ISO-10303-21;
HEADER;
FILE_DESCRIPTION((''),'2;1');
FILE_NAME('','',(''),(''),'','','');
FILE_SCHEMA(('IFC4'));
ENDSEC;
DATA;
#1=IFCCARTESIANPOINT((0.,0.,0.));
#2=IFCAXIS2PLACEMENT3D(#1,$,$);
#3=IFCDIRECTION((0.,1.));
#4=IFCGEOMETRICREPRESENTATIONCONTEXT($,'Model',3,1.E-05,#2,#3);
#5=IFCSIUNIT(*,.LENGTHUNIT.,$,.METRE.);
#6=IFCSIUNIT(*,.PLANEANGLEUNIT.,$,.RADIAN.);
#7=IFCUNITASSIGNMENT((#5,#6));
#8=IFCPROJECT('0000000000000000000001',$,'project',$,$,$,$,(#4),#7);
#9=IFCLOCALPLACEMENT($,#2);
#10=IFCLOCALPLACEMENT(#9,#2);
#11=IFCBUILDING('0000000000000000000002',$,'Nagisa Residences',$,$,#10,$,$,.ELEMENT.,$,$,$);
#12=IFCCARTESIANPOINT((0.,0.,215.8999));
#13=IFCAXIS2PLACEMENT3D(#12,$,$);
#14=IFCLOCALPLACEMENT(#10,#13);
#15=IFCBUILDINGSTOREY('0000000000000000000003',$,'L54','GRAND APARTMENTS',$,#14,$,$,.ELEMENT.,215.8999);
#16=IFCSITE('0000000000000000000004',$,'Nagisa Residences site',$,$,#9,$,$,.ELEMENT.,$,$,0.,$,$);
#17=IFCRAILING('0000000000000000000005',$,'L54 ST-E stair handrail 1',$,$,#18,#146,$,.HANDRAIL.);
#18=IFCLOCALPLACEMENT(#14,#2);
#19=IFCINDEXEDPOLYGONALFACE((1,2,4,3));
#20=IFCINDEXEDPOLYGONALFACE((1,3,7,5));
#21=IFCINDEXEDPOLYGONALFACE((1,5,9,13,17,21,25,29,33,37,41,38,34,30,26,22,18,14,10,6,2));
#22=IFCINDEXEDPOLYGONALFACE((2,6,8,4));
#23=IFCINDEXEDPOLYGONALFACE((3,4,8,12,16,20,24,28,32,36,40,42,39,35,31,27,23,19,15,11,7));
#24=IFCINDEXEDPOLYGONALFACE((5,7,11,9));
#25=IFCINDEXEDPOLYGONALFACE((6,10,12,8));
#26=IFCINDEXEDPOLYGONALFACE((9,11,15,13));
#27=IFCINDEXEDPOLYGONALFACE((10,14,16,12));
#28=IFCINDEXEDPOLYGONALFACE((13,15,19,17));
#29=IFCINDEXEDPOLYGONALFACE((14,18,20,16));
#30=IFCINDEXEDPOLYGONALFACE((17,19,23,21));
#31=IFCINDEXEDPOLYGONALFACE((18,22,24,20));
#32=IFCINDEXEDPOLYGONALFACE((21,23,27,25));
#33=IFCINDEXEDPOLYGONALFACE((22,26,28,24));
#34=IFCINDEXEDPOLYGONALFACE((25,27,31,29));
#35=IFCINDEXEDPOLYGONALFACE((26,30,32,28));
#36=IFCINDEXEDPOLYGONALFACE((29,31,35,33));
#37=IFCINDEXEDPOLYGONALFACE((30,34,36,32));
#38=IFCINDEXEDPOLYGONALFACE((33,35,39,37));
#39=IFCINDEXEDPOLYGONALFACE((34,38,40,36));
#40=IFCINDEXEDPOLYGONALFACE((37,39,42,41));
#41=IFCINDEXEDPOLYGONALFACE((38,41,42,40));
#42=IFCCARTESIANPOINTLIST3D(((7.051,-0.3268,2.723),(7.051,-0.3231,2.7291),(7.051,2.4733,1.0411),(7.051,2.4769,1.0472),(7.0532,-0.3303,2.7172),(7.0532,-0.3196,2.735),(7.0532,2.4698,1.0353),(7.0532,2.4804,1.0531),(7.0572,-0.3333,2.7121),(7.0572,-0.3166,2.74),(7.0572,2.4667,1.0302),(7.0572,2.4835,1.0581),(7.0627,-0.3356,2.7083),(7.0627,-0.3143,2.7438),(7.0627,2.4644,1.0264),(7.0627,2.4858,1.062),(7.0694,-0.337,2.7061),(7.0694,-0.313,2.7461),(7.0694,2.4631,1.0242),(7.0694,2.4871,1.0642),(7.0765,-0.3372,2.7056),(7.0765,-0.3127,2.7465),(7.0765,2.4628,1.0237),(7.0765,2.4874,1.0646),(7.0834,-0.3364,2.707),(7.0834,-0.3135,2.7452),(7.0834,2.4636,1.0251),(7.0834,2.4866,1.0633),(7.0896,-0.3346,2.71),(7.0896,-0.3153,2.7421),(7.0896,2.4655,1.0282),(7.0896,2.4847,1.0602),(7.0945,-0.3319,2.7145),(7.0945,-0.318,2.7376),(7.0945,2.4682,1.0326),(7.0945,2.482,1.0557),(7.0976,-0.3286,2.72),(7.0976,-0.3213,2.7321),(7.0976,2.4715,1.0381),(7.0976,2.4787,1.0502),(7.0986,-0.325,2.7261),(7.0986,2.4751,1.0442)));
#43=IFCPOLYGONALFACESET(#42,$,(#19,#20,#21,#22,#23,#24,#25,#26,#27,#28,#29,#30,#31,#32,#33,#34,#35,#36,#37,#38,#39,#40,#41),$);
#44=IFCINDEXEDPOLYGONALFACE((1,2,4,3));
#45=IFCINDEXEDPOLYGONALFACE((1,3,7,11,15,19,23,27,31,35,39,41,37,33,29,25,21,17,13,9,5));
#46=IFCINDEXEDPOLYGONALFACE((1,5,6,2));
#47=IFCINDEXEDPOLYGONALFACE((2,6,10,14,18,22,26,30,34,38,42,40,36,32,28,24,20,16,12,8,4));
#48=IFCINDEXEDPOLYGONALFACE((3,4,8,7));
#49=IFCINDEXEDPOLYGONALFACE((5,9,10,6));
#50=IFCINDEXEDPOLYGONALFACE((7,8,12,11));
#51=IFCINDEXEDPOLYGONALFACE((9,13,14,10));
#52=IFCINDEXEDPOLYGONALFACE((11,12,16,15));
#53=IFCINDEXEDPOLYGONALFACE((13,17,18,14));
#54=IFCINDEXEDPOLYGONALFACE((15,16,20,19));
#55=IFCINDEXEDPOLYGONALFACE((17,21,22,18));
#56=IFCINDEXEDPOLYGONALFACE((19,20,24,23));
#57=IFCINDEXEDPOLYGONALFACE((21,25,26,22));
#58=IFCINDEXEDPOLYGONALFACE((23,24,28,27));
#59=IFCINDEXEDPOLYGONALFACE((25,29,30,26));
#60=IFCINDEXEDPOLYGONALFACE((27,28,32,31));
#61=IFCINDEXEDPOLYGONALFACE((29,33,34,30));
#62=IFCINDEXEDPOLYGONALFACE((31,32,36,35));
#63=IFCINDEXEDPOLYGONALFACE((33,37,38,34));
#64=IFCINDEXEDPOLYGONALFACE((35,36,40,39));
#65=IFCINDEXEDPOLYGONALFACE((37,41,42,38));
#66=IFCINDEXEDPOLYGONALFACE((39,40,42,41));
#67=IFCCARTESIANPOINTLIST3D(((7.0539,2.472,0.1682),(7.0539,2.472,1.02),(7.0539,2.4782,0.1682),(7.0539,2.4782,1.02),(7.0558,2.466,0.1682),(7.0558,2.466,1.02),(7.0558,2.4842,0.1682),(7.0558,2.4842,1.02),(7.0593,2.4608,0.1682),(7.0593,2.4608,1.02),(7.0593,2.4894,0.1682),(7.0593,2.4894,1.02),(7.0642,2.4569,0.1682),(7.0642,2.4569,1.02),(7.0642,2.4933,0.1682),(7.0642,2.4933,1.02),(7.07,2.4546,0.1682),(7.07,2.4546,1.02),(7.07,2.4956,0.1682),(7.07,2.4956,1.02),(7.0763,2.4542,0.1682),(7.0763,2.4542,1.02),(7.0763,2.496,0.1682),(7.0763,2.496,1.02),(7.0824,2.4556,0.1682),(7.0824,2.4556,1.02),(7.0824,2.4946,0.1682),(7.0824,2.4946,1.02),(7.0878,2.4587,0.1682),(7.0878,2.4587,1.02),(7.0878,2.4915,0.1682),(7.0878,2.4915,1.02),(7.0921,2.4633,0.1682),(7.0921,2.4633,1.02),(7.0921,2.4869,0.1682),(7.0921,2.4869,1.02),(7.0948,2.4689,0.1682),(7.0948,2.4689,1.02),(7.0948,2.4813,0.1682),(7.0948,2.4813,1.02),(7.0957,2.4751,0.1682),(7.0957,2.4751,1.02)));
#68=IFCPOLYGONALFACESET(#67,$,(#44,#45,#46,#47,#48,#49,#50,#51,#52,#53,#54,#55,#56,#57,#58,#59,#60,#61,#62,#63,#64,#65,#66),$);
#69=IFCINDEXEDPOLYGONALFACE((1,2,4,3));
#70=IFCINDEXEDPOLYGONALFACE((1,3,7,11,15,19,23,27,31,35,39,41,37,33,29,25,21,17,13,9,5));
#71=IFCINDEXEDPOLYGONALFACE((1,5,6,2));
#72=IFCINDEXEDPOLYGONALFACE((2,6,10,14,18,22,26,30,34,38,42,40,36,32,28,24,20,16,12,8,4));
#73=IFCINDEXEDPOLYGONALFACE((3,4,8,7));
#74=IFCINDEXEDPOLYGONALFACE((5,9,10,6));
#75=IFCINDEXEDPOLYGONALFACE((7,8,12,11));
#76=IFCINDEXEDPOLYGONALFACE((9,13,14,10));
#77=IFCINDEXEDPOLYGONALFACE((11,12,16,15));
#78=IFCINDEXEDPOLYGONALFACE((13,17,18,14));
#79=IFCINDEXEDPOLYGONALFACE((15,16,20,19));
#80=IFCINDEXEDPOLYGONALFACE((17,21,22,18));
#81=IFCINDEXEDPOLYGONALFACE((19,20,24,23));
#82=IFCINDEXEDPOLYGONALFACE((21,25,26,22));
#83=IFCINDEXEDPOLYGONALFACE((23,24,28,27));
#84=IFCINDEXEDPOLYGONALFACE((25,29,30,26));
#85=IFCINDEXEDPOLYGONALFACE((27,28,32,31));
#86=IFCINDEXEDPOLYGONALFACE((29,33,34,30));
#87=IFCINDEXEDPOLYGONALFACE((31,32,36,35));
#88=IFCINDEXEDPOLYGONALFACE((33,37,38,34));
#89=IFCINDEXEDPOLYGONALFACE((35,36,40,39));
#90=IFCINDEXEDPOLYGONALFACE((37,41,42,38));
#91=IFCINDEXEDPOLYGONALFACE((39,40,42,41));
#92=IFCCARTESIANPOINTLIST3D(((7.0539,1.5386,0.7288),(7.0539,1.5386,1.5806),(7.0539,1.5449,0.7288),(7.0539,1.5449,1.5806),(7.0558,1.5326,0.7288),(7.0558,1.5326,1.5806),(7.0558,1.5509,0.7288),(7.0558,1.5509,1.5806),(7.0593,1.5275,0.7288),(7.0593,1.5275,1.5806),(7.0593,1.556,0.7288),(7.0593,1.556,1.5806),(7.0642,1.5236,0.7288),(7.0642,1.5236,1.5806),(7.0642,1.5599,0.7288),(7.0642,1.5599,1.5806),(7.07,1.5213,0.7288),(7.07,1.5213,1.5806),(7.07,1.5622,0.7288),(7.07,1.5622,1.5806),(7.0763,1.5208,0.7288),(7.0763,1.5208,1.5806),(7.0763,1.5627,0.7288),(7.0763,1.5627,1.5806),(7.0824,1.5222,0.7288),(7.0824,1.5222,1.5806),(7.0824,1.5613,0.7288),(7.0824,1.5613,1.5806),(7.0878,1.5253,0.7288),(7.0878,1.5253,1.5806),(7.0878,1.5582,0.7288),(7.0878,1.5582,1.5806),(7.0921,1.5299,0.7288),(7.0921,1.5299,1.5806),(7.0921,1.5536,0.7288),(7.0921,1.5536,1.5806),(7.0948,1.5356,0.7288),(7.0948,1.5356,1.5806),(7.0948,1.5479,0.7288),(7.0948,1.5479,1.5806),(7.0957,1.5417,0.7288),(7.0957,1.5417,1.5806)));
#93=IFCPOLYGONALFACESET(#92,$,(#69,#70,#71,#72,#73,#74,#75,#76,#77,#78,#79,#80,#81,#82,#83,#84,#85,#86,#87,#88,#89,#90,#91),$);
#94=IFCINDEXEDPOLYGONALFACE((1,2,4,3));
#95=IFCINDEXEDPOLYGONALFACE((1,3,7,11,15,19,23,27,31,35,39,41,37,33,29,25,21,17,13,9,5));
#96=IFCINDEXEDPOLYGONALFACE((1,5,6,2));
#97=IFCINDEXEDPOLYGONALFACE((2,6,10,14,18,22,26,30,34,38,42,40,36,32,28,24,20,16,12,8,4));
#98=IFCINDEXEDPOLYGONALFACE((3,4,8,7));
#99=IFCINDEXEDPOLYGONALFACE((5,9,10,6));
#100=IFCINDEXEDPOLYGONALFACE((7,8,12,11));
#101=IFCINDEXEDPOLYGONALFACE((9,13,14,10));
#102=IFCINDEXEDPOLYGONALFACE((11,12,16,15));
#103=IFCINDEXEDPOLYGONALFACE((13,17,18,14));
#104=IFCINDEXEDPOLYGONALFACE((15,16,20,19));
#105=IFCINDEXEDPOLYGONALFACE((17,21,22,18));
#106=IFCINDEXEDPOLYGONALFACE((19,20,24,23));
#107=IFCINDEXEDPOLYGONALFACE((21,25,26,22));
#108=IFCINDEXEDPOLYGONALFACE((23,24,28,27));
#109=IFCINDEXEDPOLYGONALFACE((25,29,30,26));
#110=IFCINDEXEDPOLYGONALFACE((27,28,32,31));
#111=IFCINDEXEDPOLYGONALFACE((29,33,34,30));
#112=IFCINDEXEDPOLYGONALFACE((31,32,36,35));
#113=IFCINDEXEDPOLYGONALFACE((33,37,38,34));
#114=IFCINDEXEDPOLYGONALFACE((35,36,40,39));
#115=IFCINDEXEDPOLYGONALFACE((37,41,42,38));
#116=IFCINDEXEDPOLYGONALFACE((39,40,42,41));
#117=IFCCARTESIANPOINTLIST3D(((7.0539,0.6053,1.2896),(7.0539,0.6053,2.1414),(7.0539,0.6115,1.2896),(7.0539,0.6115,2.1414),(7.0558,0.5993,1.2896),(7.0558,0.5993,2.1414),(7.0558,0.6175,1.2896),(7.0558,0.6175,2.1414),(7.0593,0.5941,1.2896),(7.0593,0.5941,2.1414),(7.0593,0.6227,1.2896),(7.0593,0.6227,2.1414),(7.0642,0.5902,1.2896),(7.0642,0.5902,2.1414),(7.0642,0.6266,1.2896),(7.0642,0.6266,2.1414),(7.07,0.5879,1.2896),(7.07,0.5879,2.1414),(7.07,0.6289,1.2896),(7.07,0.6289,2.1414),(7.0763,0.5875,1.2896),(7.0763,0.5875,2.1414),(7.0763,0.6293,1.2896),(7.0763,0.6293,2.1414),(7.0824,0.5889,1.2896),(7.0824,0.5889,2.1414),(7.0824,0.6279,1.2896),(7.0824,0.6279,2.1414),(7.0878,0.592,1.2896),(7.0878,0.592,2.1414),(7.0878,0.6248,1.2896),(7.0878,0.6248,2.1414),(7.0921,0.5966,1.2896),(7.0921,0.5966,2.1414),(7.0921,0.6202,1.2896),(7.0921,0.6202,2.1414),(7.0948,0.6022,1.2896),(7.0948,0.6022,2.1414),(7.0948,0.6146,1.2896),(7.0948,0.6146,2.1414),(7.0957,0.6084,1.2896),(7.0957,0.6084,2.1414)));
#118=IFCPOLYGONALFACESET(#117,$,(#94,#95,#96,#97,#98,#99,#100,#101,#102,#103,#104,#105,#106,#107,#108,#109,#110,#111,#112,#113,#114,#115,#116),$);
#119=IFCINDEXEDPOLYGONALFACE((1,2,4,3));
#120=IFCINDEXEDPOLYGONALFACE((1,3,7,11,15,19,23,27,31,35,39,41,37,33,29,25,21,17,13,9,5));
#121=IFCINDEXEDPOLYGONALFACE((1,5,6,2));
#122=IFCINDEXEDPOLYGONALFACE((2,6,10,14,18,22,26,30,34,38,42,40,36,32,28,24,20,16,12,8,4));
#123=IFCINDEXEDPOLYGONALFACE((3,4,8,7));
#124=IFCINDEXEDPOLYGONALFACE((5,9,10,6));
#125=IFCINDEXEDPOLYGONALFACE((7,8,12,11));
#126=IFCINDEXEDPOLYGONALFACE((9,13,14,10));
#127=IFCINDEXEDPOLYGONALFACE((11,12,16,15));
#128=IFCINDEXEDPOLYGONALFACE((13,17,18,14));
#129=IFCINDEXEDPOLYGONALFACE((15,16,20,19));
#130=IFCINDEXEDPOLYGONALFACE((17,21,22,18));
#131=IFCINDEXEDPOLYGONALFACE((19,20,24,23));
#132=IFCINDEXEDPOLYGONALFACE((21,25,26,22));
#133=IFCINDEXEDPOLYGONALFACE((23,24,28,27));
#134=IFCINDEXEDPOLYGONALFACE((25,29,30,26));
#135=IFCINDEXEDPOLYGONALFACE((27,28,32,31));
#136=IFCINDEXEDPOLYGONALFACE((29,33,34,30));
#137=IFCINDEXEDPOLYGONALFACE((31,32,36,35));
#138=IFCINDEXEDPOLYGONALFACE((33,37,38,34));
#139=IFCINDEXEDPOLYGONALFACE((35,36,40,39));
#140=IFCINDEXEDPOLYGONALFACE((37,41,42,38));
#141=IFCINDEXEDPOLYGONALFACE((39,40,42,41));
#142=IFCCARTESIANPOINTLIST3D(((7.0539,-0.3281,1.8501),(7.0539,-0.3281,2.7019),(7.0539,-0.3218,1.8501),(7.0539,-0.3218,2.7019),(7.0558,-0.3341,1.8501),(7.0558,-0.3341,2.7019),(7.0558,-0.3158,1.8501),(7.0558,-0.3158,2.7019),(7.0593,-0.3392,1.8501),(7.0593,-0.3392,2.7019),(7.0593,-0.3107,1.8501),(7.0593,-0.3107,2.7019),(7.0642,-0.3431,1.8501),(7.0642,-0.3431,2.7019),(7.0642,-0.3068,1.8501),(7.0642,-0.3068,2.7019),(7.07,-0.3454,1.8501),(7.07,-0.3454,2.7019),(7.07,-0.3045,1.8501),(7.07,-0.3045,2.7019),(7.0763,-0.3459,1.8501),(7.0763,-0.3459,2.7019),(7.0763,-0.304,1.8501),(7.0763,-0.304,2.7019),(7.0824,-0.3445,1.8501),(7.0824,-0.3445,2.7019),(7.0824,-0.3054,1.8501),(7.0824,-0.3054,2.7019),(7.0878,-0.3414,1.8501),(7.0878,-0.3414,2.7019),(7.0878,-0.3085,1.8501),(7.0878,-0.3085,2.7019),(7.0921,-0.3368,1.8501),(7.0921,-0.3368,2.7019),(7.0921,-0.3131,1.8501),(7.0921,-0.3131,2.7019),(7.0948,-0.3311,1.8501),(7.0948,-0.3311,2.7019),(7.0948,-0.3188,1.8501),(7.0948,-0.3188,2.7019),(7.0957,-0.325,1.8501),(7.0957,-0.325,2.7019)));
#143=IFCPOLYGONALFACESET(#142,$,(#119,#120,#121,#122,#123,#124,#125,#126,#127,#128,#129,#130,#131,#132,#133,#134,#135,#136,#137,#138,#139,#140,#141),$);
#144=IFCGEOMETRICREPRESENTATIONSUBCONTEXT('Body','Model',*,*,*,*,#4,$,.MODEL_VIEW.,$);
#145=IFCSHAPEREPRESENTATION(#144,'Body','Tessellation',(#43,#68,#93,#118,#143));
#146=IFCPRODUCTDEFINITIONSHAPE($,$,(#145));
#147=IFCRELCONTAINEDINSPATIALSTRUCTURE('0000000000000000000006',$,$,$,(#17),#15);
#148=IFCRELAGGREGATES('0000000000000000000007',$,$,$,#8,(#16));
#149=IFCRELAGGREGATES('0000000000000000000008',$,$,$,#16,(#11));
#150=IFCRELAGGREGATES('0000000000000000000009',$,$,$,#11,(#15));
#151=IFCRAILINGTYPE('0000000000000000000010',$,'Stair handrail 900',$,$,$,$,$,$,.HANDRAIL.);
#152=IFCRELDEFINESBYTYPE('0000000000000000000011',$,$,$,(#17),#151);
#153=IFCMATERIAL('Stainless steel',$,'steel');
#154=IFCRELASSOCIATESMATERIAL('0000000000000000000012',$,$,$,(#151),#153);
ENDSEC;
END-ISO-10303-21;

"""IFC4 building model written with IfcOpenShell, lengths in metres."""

from ifc_helpers import new_model, si_unit, direction, frame, origin, origin_2d, place, context, subcontext, project, spatial, circle, extrude, material, type_object, element, save


model = new_model("IFC4")

# Units and contexts
model_context = context("Model", 3, precision=1e-05, world=origin(), true_north=direction((0.0, 1.0)))
body_context = subcontext(model_context, "Body", "Model", "MODEL_VIEW")
ifc_project = project(units=[si_unit("LENGTHUNIT", "METRE"), si_unit("PLANEANGLEUNIT", "RADIAN")], contexts=[model_context])

# Site, building, storey
site_placement = place(None, origin())
site = spatial("IfcSite", under=ifc_project, at=site_placement, Name="Nagisa Residences site", CompositionType="ELEMENT", RefElevation=0.0)
building_placement = place(site_placement, origin())
building = spatial("IfcBuilding", under=site, at=building_placement, Name="Nagisa Residences", CompositionType="ELEMENT")
storey_placement = place(building_placement, frame((0.0, 0.0, 215.8999)))
storey = spatial("IfcBuildingStorey", under=building, at=storey_placement, Name="L54", Description="GRAND APARTMENTS", CompositionType="ELEMENT", Elevation=215.8999)

# Railing
ifc_material_1 = material(Name="Stainless steel", Category="steel")
railing_type_1 = type_object("IfcRailingType", Name="Stair handrail 900", PredefinedType="HANDRAIL", material=ifc_material_1)
railing_1_placement = place(storey_placement, frame((7.0747, 2.4751, 0.1682)))
element("IfcRailing", 1, at=railing_1_placement, inside=storey, type_object=railing_type_1, Name="L54 ST-E stair handrail 1", PredefinedType="HANDRAIL", context=body_context, shape_type="SweptSolid", body=[
    extrude(circle(Radius=0.0239, at=origin_2d()), frame((0.0, 0.0, 0.876), z_axis=(0.0, -0.857242, 0.514913), x_axis=(1.0, 0.0, 0.0)), (0.0, 0.0, 1.0), 3.2664),
    extrude(circle(Radius=0.021, at=origin_2d()), origin(), (0.0, 0.0, 1.0), 0.8518),
    extrude(circle(Radius=0.021, at=origin_2d()), frame((0.0, -0.9333, 0.5605)), (0.0, 0.0, 1.0), 0.8518),
    extrude(circle(Radius=0.021, at=origin_2d()), frame((0.0, -1.8667, 1.1213)), (0.0, 0.0, 1.0), 0.8518),
    extrude(circle(Radius=0.021, at=origin_2d()), frame((0.0, -2.8, 1.6819)), (0.0, 0.0, 1.0), 0.8518),
])

save(model, "model.ifc")
